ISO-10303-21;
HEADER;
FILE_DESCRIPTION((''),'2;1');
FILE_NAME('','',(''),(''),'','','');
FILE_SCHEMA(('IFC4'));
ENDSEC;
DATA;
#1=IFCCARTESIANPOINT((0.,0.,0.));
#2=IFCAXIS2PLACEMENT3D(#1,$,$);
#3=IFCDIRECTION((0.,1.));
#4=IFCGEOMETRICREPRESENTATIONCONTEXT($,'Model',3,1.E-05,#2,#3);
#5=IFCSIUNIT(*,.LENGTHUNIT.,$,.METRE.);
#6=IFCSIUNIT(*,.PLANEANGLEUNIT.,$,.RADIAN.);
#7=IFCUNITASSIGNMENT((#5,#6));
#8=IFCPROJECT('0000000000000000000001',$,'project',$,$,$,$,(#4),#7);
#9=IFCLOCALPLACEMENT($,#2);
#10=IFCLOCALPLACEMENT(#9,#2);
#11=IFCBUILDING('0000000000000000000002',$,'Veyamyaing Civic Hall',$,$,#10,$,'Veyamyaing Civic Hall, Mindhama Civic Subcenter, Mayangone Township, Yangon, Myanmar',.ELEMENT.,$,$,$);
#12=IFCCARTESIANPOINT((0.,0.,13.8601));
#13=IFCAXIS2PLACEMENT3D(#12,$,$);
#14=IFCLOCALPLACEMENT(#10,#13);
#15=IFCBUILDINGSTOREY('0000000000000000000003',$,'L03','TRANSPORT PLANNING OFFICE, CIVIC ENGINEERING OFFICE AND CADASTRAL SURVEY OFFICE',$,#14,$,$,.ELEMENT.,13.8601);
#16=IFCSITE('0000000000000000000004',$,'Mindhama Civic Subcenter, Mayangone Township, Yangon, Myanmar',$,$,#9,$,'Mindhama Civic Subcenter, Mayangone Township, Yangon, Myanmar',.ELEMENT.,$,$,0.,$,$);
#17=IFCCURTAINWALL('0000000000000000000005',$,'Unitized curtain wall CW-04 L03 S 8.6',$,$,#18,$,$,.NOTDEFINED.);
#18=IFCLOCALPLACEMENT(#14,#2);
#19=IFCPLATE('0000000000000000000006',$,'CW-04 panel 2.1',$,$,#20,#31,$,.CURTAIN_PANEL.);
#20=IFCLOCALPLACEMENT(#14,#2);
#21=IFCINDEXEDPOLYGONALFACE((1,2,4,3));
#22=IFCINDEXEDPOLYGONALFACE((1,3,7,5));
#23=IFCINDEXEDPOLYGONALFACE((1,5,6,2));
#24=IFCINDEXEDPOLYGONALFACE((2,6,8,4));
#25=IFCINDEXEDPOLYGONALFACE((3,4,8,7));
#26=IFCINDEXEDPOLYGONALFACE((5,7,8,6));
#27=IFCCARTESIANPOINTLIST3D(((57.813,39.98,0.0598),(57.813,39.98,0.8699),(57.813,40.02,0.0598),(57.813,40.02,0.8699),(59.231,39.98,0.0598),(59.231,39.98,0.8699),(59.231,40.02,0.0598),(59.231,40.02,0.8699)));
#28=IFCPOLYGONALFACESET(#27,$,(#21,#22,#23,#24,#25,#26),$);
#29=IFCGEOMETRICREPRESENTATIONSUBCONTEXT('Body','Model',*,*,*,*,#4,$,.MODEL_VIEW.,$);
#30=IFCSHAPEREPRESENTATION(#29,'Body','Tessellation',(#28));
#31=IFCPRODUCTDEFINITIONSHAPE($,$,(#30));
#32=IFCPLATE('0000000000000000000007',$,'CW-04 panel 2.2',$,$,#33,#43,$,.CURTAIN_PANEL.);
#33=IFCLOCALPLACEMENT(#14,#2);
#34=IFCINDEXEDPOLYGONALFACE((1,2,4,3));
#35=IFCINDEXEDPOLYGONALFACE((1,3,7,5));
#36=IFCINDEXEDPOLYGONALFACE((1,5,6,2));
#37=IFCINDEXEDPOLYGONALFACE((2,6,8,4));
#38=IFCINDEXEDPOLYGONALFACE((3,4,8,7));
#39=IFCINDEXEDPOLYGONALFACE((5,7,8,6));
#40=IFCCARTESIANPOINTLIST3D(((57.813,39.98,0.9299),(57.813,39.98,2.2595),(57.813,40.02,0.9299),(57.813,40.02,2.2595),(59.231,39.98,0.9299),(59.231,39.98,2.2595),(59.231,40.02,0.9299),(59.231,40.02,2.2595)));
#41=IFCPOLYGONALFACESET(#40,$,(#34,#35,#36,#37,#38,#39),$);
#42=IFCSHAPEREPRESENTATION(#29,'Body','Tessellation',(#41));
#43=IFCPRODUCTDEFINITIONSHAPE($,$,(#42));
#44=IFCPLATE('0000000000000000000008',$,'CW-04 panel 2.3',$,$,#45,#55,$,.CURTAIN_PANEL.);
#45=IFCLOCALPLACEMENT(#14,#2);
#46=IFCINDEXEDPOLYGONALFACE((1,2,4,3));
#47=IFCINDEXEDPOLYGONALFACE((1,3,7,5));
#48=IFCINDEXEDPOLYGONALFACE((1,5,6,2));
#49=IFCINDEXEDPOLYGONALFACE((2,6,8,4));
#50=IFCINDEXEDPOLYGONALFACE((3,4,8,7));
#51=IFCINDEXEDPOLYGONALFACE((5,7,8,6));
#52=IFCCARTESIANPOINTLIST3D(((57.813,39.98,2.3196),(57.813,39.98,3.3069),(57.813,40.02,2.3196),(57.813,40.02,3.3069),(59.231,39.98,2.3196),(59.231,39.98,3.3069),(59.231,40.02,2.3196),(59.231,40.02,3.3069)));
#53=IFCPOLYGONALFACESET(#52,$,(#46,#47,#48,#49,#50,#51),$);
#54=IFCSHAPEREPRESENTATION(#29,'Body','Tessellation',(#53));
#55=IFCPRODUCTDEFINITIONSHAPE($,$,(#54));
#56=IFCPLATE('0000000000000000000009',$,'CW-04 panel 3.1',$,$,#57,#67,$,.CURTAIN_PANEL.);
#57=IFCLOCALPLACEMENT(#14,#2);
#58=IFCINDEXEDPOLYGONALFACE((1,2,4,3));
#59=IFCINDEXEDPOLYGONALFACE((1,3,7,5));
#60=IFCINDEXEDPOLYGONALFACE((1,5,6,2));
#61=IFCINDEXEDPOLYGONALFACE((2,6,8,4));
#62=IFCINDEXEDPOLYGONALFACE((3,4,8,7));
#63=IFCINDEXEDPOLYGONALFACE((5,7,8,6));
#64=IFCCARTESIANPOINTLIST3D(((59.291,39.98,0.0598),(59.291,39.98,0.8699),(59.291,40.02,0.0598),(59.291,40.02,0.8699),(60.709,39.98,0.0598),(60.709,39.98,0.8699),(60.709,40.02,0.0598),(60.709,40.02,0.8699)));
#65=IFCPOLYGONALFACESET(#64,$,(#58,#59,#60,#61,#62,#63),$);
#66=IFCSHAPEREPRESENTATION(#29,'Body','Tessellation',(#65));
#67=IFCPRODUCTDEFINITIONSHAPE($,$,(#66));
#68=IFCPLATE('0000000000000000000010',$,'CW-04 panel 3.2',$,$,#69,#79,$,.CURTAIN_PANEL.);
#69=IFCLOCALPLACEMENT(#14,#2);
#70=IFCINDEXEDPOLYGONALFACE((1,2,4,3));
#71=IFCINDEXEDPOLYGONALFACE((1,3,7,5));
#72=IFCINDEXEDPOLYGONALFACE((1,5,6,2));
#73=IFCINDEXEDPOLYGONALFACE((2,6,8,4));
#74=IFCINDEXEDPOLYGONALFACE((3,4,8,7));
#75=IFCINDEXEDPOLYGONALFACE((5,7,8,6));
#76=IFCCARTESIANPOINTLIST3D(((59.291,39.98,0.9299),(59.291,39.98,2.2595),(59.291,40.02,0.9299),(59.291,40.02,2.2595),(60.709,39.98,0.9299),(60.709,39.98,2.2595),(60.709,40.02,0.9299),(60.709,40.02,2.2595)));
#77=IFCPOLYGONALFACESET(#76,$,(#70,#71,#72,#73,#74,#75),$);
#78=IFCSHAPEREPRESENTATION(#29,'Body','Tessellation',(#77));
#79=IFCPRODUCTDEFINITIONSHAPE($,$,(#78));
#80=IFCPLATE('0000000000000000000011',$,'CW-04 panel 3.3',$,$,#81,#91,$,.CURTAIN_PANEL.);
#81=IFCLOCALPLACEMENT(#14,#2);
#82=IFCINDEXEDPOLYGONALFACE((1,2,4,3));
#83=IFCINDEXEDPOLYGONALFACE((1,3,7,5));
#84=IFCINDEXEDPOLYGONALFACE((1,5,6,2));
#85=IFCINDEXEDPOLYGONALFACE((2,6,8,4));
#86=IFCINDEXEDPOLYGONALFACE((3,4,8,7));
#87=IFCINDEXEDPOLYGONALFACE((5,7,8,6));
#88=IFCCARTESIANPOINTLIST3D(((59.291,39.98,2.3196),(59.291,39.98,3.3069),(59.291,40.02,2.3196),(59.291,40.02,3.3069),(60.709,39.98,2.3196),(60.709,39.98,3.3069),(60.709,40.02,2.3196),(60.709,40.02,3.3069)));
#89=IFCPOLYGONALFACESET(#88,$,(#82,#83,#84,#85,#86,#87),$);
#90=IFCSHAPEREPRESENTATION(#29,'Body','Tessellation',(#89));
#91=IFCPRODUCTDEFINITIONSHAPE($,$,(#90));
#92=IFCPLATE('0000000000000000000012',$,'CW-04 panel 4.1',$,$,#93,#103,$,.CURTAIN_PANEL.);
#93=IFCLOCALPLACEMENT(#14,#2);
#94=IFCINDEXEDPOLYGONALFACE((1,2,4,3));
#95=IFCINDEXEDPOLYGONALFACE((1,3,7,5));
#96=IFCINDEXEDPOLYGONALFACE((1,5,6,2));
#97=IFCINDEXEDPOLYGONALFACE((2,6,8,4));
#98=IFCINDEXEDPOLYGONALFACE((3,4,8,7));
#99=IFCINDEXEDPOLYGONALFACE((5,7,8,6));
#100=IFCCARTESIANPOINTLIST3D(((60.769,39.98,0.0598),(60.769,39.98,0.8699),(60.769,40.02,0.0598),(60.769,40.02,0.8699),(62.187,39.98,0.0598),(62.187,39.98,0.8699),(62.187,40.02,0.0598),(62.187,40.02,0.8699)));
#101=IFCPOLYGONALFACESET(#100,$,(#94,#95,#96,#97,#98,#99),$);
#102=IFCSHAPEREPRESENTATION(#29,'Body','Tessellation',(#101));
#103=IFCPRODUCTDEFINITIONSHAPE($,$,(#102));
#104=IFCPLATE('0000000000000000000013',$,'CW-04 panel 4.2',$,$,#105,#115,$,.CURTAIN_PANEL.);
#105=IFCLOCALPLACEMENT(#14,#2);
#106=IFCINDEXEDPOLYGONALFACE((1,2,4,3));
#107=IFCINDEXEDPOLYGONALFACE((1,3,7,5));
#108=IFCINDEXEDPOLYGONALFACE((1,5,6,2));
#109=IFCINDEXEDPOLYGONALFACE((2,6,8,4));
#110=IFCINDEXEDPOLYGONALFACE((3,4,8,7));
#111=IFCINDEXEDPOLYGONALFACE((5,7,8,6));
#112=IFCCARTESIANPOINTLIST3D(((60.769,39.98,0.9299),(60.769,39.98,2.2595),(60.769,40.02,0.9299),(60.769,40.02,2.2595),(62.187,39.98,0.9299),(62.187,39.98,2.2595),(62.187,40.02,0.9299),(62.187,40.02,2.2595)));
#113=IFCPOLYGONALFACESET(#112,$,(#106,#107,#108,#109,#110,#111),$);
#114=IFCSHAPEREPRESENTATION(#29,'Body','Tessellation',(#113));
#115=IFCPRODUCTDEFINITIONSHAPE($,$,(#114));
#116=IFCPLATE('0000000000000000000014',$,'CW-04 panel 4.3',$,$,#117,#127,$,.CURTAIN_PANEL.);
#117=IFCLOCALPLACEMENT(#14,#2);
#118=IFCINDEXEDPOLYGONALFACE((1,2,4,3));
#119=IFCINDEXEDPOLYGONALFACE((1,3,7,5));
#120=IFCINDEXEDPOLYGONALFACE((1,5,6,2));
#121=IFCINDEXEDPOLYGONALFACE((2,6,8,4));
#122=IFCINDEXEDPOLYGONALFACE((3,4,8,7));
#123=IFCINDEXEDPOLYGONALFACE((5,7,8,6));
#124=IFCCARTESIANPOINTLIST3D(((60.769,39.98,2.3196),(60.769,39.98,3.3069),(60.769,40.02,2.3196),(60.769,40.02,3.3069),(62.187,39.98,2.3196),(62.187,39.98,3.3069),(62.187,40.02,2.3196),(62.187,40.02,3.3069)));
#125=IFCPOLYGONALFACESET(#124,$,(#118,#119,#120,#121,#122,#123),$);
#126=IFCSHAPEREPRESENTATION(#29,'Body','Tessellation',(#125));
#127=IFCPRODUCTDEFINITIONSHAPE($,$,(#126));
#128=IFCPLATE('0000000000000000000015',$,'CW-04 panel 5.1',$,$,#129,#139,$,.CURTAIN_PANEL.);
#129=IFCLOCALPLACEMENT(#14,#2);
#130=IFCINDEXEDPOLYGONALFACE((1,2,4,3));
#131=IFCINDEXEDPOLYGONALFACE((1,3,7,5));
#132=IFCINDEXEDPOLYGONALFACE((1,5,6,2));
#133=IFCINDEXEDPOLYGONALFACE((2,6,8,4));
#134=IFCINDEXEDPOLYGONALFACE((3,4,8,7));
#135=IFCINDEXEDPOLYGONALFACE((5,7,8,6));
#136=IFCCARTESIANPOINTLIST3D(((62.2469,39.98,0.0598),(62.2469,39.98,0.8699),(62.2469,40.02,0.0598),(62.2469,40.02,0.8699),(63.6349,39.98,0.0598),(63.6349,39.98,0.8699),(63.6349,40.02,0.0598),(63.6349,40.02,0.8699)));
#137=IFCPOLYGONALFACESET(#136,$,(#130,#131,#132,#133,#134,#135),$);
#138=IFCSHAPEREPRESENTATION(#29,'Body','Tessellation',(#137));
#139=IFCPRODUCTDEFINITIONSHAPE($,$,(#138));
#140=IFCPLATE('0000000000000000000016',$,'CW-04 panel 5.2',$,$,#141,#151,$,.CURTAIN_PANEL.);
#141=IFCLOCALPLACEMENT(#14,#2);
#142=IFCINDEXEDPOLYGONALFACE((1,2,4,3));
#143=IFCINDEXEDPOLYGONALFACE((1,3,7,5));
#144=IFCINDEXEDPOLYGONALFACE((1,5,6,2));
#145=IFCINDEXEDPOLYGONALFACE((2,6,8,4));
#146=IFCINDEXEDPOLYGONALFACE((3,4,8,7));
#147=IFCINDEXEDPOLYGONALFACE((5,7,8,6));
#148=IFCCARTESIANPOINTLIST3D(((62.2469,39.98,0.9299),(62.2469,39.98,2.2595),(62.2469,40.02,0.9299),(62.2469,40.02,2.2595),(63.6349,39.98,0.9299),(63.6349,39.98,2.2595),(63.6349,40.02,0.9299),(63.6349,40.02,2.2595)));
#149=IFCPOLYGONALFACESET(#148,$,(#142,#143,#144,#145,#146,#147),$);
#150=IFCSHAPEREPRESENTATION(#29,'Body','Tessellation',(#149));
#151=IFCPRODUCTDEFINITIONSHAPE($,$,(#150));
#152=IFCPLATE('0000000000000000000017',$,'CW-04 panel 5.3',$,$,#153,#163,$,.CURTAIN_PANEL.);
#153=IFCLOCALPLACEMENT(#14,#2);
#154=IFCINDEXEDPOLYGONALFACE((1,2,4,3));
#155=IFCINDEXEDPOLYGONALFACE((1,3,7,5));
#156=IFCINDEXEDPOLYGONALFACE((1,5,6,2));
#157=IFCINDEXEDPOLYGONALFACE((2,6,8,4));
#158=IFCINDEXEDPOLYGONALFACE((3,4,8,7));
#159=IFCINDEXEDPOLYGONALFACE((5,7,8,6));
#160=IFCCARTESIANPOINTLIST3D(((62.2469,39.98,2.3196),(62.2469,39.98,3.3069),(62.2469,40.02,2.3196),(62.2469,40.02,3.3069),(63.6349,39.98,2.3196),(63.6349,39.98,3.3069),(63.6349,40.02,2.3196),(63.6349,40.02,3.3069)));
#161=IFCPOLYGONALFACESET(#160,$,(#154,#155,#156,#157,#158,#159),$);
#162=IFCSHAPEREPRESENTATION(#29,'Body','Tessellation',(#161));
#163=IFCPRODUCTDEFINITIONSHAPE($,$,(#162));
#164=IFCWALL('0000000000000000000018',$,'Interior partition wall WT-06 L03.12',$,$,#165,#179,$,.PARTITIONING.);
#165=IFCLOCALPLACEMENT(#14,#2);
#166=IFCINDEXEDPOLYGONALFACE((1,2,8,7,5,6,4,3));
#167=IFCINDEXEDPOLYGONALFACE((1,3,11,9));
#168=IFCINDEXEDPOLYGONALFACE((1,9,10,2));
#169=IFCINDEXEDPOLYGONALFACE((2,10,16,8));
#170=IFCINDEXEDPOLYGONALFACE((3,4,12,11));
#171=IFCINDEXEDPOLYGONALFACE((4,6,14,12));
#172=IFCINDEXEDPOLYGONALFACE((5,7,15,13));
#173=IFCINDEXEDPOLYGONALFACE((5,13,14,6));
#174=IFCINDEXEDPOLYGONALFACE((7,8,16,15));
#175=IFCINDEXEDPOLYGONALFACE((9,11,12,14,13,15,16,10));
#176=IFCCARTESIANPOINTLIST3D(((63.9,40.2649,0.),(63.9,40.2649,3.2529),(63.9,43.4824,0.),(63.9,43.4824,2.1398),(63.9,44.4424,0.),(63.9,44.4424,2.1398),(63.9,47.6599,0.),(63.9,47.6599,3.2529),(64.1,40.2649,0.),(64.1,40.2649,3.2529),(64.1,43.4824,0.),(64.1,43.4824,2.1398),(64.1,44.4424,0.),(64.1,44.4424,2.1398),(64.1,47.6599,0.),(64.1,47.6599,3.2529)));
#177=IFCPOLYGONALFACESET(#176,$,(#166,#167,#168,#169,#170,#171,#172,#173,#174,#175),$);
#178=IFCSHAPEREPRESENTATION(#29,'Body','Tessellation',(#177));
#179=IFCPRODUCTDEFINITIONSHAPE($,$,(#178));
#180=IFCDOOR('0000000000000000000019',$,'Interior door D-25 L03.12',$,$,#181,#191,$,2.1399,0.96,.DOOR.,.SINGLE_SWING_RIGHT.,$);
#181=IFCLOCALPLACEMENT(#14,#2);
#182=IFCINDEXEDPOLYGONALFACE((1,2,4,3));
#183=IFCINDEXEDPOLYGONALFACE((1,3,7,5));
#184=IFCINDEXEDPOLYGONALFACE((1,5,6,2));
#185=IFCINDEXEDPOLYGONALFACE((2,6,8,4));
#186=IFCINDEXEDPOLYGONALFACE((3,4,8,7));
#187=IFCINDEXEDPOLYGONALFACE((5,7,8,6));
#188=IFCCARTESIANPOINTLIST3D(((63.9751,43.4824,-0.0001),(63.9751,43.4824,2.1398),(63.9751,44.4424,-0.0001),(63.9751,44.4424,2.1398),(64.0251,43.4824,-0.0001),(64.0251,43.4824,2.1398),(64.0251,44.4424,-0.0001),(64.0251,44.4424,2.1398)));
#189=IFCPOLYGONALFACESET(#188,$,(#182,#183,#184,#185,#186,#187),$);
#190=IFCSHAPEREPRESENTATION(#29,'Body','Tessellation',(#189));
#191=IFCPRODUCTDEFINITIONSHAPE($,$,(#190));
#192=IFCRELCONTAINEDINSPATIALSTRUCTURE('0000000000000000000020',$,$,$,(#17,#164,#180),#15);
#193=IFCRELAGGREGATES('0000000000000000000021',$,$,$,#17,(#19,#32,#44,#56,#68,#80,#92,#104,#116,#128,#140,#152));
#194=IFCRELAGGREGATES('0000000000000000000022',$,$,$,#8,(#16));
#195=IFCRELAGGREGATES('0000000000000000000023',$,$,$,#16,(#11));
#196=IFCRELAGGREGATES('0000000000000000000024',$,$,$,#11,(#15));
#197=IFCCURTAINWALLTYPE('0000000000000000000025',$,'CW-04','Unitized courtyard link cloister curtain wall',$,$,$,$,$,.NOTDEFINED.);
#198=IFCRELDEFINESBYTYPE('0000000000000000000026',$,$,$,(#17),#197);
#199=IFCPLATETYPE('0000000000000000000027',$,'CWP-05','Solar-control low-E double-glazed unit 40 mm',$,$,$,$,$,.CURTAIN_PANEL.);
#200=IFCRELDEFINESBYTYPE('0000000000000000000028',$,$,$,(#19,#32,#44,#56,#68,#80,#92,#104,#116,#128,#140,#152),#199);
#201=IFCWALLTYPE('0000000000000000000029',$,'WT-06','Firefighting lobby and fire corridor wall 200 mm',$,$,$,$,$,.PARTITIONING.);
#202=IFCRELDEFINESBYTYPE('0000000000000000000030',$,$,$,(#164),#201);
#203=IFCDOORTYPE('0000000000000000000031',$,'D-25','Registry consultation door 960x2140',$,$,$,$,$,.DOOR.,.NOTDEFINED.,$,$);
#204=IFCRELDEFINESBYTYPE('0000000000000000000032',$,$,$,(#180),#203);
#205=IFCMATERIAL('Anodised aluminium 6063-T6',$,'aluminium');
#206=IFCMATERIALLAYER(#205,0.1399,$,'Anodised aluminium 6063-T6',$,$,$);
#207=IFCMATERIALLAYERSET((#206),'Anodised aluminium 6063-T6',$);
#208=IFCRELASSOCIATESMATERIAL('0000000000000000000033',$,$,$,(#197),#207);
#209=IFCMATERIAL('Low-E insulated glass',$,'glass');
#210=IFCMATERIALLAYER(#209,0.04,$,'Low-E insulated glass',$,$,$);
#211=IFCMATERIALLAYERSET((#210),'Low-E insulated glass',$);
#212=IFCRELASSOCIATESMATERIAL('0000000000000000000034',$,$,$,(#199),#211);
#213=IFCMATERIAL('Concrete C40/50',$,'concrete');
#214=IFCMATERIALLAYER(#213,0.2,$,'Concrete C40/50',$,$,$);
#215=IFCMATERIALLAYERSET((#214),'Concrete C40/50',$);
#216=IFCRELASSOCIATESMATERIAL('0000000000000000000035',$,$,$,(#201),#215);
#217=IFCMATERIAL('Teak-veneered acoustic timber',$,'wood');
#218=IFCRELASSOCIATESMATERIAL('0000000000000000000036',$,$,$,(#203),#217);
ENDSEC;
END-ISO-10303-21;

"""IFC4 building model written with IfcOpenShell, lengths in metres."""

from ifc_helpers import new_model, si_unit, direction, frame, frame_2d, origin, origin_2d, place, context, subcontext, project, spatial, rectangle, extrude, material, layer, layer_set, type_object, element, fill, aggregate, save


model = new_model("IFC4")

# Units and contexts
model_context = context("Model", 3, precision=1e-05, world=origin(), true_north=direction((0.0, 1.0)))
body_context = subcontext(model_context, "Body", "Model", "MODEL_VIEW")
ifc_project = project(units=[si_unit("LENGTHUNIT", "METRE"), si_unit("PLANEANGLEUNIT", "RADIAN")], contexts=[model_context])

# Site, building, storey
site_placement = place(None, origin())
site = spatial("IfcSite", under=ifc_project, at=site_placement, Name="Mindhama Civic Subcenter, Mayangone Township, Yangon, Myanmar", LongName="Mindhama Civic Subcenter, Mayangone Township, Yangon, Myanmar", CompositionType="ELEMENT", RefElevation=0.0)
building_placement = place(site_placement, origin())
building = spatial("IfcBuilding", under=site, at=building_placement, Name="Veyamyaing Civic Hall", LongName="Veyamyaing Civic Hall, Mindhama Civic Subcenter, Mayangone Township, Yangon, Myanmar", CompositionType="ELEMENT")
storey_placement = place(building_placement, frame((0.0, 0.0, 13.8601)))
storey = spatial("IfcBuildingStorey", under=building, at=storey_placement, Name="L03", Description="TRANSPORT PLANNING OFFICE, CIVIC ENGINEERING OFFICE AND CADASTRAL SURVEY OFFICE", CompositionType="ELEMENT", Elevation=13.8601)

# Curtain wall
ifc_material_1 = material(Name="Anodised aluminium 6063-T6", Category="aluminium")
ifc_layer_1 = layer(ifc_material_1, 0.1399, Name="Anodised aluminium 6063-T6")
ifc_layer_set_1 = layer_set([ifc_layer_1], Name="Anodised aluminium 6063-T6")
curtain_wall_type = type_object("IfcCurtainWallType", Name="CW-04", Description="Unitized courtyard link cloister curtain wall", PredefinedType="NOTDEFINED", material=ifc_layer_set_1)
curtain_wall_placement = place(storey_placement, origin())
curtain_wall = element("IfcCurtainWall", 1, at=curtain_wall_placement, inside=storey, type_object=curtain_wall_type, Name="Unitized curtain wall CW-04 L03 S 8.6", PredefinedType="NOTDEFINED")

# Plates
ifc_material_2 = material(Name="Low-E insulated glass", Category="glass")
ifc_layer_2 = layer(ifc_material_2, 0.04, Name="Low-E insulated glass")
ifc_layer_set_2 = layer_set([ifc_layer_2], Name="Low-E insulated glass")
plate_type = type_object("IfcPlateType", Name="CWP-05", Description="Solar-control low-E double-glazed unit 40 mm", PredefinedType="CURTAIN_PANEL", material=ifc_layer_set_2)
plate_1_placement = place(storey_placement, frame((58.522, 40.0, 0.0598), z_axis=(0.0, 0.0, 1.0), x_axis=(1.0, 0.0, 0.0)))
plate_1 = element("IfcPlate", 2, at=plate_1_placement, type_object=plate_type, Name="CW-04 panel 2.1", PredefinedType="CURTAIN_PANEL", context=body_context, shape_type="SweptSolid", body=[
    extrude(rectangle(XDim=1.418, YDim=0.04, at=origin_2d()), origin(), (0.0, 0.0, 1.0), 0.8101),
])
plate_2_placement = place(storey_placement, frame((58.522, 40.0, 0.9299), z_axis=(0.0, 0.0, 1.0), x_axis=(1.0, 0.0, 0.0)))
plate_2 = element("IfcPlate", 3, at=plate_2_placement, type_object=plate_type, Name="CW-04 panel 2.2", PredefinedType="CURTAIN_PANEL", context=body_context, shape_type="SweptSolid", body=[
    extrude(rectangle(XDim=1.418, YDim=0.04, at=origin_2d()), origin(), (0.0, 0.0, 1.0), 1.3296),
])
plate_3_placement = place(storey_placement, frame((58.522, 40.0, 2.3196), z_axis=(0.0, 0.0, 1.0), x_axis=(1.0, 0.0, 0.0)))
plate_3 = element("IfcPlate", 4, at=plate_3_placement, type_object=plate_type, Name="CW-04 panel 2.3", PredefinedType="CURTAIN_PANEL", context=body_context, shape_type="SweptSolid", body=[
    extrude(rectangle(XDim=1.418, YDim=0.04, at=origin_2d()), origin(), (0.0, 0.0, 1.0), 0.9873),
])
plate_4_placement = place(storey_placement, frame((60.0, 40.0, 0.0598), z_axis=(0.0, 0.0, 1.0), x_axis=(1.0, 0.0, 0.0)))
plate_4 = element("IfcPlate", 5, at=plate_4_placement, type_object=plate_type, Name="CW-04 panel 3.1", PredefinedType="CURTAIN_PANEL", context=body_context, shape_type="SweptSolid", body=[
    extrude(rectangle(XDim=1.418, YDim=0.04, at=origin_2d()), origin(), (0.0, 0.0, 1.0), 0.8101),
])
plate_5_placement = place(storey_placement, frame((60.0, 40.0, 0.9299), z_axis=(0.0, 0.0, 1.0), x_axis=(1.0, 0.0, 0.0)))
plate_5 = element("IfcPlate", 6, at=plate_5_placement, type_object=plate_type, Name="CW-04 panel 3.2", PredefinedType="CURTAIN_PANEL", context=body_context, shape_type="SweptSolid", body=[
    extrude(rectangle(XDim=1.418, YDim=0.04, at=origin_2d()), origin(), (0.0, 0.0, 1.0), 1.3296),
])
plate_6_placement = place(storey_placement, frame((60.0, 40.0, 2.3196), z_axis=(0.0, 0.0, 1.0), x_axis=(1.0, 0.0, 0.0)))
plate_6 = element("IfcPlate", 7, at=plate_6_placement, type_object=plate_type, Name="CW-04 panel 3.3", PredefinedType="CURTAIN_PANEL", context=body_context, shape_type="SweptSolid", body=[
    extrude(rectangle(XDim=1.418, YDim=0.04, at=origin_2d()), origin(), (0.0, 0.0, 1.0), 0.9873),
])
plate_7_placement = place(storey_placement, frame((61.478, 40.0, 0.0598), z_axis=(0.0, 0.0, 1.0), x_axis=(1.0, 0.0, 0.0)))
plate_7 = element("IfcPlate", 8, at=plate_7_placement, type_object=plate_type, Name="CW-04 panel 4.1", PredefinedType="CURTAIN_PANEL", context=body_context, shape_type="SweptSolid", body=[
    extrude(rectangle(XDim=1.418, YDim=0.04, at=origin_2d()), origin(), (0.0, 0.0, 1.0), 0.8101),
])
plate_8_placement = place(storey_placement, frame((61.478, 40.0, 0.9299), z_axis=(0.0, 0.0, 1.0), x_axis=(1.0, 0.0, 0.0)))
plate_8 = element("IfcPlate", 9, at=plate_8_placement, type_object=plate_type, Name="CW-04 panel 4.2", PredefinedType="CURTAIN_PANEL", context=body_context, shape_type="SweptSolid", body=[
    extrude(rectangle(XDim=1.418, YDim=0.04, at=origin_2d()), origin(), (0.0, 0.0, 1.0), 1.3296),
])
plate_9_placement = place(storey_placement, frame((61.478, 40.0, 2.3196), z_axis=(0.0, 0.0, 1.0), x_axis=(1.0, 0.0, 0.0)))
plate_9 = element("IfcPlate", 10, at=plate_9_placement, type_object=plate_type, Name="CW-04 panel 4.3", PredefinedType="CURTAIN_PANEL", context=body_context, shape_type="SweptSolid", body=[
    extrude(rectangle(XDim=1.418, YDim=0.04, at=origin_2d()), origin(), (0.0, 0.0, 1.0), 0.9873),
])
plate_10_placement = place(storey_placement, frame((62.9409, 40.0, 0.0598), z_axis=(0.0, 0.0, 1.0), x_axis=(1.0, 0.0, 0.0)))
plate_10 = element("IfcPlate", 11, at=plate_10_placement, type_object=plate_type, Name="CW-04 panel 5.1", PredefinedType="CURTAIN_PANEL", context=body_context, shape_type="SweptSolid", body=[
    extrude(rectangle(XDim=1.3879, YDim=0.04, at=origin_2d()), origin(), (0.0, 0.0, 1.0), 0.8101),
])
plate_11_placement = place(storey_placement, frame((62.9409, 40.0, 0.9299), z_axis=(0.0, 0.0, 1.0), x_axis=(1.0, 0.0, 0.0)))
plate_11 = element("IfcPlate", 12, at=plate_11_placement, type_object=plate_type, Name="CW-04 panel 5.2", PredefinedType="CURTAIN_PANEL", context=body_context, shape_type="SweptSolid", body=[
    extrude(rectangle(XDim=1.3879, YDim=0.04, at=origin_2d()), origin(), (0.0, 0.0, 1.0), 1.3296),
])
plate_12_placement = place(storey_placement, frame((62.9409, 40.0, 2.3196), z_axis=(0.0, 0.0, 1.0), x_axis=(1.0, 0.0, 0.0)))
plate_12 = element("IfcPlate", 13, at=plate_12_placement, type_object=plate_type, Name="CW-04 panel 5.3", PredefinedType="CURTAIN_PANEL", context=body_context, shape_type="SweptSolid", body=[
    extrude(rectangle(XDim=1.3879, YDim=0.04, at=origin_2d()), origin(), (0.0, 0.0, 1.0), 0.9873),
])
aggregate(curtain_wall, [plate_1, plate_2, plate_3, plate_4, plate_5, plate_6, plate_7, plate_8, plate_9, plate_10, plate_11, plate_12])

# Wall, opening, door
ifc_material_3 = material(Name="Concrete C40/50", Category="concrete")
ifc_layer_3 = layer(ifc_material_3, 0.2, Name="Concrete C40/50")
ifc_layer_set_3 = layer_set([ifc_layer_3], Name="Concrete C40/50")
wall_type_1 = type_object("IfcWallType", Name="WT-06", Description="Firefighting lobby and fire corridor wall 200 mm", PredefinedType="PARTITIONING", material=ifc_layer_set_3)
wall_1_placement = place(storey_placement, frame((64.0, 40.2649, 0.0), z_axis=(0.0, 0.0, 1.0), x_axis=(0.0, 1.0, 0.0)))
wall_1 = element("IfcWall", 14, at=wall_1_placement, inside=storey, type_object=wall_type_1, Name="Interior partition wall WT-06 L03.12", PredefinedType="PARTITIONING", context=body_context, shape_type="SweptSolid", body=[
    extrude(rectangle(XDim=7.395, YDim=0.2, at=frame_2d((3.6975, 0.0))), origin(), (0.0, 0.0, 1.0), 3.2529),
])
opening_1_placement = place(wall_1_placement, frame((3.2175, 0.0, 0.0)))
opening_1 = element("IfcOpeningElement", 15, at=opening_1_placement, cuts=wall_1, PredefinedType="OPENING", context=body_context, shape_type="SweptSolid", body=[
    extrude(rectangle(XDim=0.96, YDim=2.1399, at=frame_2d((0.48, 1.0698))), frame((0.0, 0.1099, 0.0), z_axis=(0.0, -1.0, 0.0), x_axis=(1.0, 0.0, 0.0)), (0.0, 0.0, 1.0), 0.22),
])
ifc_material_4 = material(Name="Teak-veneered acoustic timber", Category="wood")
door_type_1 = type_object("IfcDoorType", Name="D-25", Description="Registry consultation door 960x2140", OperationType="NOTDEFINED", PredefinedType="DOOR", material=ifc_material_4)
door_1_placement = place(opening_1_placement, origin())
door_1 = element("IfcDoor", 16, at=door_1_placement, inside=storey, type_object=door_type_1, Name="Interior door D-25 L03.12", OperationType="SINGLE_SWING_RIGHT", OverallHeight=2.1399, OverallWidth=0.96, PredefinedType="DOOR", context=body_context, shape_type="SweptSolid", body=[
    extrude(rectangle(XDim=0.96, YDim=2.1399, at=frame_2d((0.48, 1.0698))), frame((0.0, 0.0249, 0.0), z_axis=(0.0, -1.0, 0.0), x_axis=(1.0, 0.0, 0.0)), (0.0, 0.0, 1.0), 0.05),
])
fill(opening_1, door_1)

save(model, "model.ifc")
